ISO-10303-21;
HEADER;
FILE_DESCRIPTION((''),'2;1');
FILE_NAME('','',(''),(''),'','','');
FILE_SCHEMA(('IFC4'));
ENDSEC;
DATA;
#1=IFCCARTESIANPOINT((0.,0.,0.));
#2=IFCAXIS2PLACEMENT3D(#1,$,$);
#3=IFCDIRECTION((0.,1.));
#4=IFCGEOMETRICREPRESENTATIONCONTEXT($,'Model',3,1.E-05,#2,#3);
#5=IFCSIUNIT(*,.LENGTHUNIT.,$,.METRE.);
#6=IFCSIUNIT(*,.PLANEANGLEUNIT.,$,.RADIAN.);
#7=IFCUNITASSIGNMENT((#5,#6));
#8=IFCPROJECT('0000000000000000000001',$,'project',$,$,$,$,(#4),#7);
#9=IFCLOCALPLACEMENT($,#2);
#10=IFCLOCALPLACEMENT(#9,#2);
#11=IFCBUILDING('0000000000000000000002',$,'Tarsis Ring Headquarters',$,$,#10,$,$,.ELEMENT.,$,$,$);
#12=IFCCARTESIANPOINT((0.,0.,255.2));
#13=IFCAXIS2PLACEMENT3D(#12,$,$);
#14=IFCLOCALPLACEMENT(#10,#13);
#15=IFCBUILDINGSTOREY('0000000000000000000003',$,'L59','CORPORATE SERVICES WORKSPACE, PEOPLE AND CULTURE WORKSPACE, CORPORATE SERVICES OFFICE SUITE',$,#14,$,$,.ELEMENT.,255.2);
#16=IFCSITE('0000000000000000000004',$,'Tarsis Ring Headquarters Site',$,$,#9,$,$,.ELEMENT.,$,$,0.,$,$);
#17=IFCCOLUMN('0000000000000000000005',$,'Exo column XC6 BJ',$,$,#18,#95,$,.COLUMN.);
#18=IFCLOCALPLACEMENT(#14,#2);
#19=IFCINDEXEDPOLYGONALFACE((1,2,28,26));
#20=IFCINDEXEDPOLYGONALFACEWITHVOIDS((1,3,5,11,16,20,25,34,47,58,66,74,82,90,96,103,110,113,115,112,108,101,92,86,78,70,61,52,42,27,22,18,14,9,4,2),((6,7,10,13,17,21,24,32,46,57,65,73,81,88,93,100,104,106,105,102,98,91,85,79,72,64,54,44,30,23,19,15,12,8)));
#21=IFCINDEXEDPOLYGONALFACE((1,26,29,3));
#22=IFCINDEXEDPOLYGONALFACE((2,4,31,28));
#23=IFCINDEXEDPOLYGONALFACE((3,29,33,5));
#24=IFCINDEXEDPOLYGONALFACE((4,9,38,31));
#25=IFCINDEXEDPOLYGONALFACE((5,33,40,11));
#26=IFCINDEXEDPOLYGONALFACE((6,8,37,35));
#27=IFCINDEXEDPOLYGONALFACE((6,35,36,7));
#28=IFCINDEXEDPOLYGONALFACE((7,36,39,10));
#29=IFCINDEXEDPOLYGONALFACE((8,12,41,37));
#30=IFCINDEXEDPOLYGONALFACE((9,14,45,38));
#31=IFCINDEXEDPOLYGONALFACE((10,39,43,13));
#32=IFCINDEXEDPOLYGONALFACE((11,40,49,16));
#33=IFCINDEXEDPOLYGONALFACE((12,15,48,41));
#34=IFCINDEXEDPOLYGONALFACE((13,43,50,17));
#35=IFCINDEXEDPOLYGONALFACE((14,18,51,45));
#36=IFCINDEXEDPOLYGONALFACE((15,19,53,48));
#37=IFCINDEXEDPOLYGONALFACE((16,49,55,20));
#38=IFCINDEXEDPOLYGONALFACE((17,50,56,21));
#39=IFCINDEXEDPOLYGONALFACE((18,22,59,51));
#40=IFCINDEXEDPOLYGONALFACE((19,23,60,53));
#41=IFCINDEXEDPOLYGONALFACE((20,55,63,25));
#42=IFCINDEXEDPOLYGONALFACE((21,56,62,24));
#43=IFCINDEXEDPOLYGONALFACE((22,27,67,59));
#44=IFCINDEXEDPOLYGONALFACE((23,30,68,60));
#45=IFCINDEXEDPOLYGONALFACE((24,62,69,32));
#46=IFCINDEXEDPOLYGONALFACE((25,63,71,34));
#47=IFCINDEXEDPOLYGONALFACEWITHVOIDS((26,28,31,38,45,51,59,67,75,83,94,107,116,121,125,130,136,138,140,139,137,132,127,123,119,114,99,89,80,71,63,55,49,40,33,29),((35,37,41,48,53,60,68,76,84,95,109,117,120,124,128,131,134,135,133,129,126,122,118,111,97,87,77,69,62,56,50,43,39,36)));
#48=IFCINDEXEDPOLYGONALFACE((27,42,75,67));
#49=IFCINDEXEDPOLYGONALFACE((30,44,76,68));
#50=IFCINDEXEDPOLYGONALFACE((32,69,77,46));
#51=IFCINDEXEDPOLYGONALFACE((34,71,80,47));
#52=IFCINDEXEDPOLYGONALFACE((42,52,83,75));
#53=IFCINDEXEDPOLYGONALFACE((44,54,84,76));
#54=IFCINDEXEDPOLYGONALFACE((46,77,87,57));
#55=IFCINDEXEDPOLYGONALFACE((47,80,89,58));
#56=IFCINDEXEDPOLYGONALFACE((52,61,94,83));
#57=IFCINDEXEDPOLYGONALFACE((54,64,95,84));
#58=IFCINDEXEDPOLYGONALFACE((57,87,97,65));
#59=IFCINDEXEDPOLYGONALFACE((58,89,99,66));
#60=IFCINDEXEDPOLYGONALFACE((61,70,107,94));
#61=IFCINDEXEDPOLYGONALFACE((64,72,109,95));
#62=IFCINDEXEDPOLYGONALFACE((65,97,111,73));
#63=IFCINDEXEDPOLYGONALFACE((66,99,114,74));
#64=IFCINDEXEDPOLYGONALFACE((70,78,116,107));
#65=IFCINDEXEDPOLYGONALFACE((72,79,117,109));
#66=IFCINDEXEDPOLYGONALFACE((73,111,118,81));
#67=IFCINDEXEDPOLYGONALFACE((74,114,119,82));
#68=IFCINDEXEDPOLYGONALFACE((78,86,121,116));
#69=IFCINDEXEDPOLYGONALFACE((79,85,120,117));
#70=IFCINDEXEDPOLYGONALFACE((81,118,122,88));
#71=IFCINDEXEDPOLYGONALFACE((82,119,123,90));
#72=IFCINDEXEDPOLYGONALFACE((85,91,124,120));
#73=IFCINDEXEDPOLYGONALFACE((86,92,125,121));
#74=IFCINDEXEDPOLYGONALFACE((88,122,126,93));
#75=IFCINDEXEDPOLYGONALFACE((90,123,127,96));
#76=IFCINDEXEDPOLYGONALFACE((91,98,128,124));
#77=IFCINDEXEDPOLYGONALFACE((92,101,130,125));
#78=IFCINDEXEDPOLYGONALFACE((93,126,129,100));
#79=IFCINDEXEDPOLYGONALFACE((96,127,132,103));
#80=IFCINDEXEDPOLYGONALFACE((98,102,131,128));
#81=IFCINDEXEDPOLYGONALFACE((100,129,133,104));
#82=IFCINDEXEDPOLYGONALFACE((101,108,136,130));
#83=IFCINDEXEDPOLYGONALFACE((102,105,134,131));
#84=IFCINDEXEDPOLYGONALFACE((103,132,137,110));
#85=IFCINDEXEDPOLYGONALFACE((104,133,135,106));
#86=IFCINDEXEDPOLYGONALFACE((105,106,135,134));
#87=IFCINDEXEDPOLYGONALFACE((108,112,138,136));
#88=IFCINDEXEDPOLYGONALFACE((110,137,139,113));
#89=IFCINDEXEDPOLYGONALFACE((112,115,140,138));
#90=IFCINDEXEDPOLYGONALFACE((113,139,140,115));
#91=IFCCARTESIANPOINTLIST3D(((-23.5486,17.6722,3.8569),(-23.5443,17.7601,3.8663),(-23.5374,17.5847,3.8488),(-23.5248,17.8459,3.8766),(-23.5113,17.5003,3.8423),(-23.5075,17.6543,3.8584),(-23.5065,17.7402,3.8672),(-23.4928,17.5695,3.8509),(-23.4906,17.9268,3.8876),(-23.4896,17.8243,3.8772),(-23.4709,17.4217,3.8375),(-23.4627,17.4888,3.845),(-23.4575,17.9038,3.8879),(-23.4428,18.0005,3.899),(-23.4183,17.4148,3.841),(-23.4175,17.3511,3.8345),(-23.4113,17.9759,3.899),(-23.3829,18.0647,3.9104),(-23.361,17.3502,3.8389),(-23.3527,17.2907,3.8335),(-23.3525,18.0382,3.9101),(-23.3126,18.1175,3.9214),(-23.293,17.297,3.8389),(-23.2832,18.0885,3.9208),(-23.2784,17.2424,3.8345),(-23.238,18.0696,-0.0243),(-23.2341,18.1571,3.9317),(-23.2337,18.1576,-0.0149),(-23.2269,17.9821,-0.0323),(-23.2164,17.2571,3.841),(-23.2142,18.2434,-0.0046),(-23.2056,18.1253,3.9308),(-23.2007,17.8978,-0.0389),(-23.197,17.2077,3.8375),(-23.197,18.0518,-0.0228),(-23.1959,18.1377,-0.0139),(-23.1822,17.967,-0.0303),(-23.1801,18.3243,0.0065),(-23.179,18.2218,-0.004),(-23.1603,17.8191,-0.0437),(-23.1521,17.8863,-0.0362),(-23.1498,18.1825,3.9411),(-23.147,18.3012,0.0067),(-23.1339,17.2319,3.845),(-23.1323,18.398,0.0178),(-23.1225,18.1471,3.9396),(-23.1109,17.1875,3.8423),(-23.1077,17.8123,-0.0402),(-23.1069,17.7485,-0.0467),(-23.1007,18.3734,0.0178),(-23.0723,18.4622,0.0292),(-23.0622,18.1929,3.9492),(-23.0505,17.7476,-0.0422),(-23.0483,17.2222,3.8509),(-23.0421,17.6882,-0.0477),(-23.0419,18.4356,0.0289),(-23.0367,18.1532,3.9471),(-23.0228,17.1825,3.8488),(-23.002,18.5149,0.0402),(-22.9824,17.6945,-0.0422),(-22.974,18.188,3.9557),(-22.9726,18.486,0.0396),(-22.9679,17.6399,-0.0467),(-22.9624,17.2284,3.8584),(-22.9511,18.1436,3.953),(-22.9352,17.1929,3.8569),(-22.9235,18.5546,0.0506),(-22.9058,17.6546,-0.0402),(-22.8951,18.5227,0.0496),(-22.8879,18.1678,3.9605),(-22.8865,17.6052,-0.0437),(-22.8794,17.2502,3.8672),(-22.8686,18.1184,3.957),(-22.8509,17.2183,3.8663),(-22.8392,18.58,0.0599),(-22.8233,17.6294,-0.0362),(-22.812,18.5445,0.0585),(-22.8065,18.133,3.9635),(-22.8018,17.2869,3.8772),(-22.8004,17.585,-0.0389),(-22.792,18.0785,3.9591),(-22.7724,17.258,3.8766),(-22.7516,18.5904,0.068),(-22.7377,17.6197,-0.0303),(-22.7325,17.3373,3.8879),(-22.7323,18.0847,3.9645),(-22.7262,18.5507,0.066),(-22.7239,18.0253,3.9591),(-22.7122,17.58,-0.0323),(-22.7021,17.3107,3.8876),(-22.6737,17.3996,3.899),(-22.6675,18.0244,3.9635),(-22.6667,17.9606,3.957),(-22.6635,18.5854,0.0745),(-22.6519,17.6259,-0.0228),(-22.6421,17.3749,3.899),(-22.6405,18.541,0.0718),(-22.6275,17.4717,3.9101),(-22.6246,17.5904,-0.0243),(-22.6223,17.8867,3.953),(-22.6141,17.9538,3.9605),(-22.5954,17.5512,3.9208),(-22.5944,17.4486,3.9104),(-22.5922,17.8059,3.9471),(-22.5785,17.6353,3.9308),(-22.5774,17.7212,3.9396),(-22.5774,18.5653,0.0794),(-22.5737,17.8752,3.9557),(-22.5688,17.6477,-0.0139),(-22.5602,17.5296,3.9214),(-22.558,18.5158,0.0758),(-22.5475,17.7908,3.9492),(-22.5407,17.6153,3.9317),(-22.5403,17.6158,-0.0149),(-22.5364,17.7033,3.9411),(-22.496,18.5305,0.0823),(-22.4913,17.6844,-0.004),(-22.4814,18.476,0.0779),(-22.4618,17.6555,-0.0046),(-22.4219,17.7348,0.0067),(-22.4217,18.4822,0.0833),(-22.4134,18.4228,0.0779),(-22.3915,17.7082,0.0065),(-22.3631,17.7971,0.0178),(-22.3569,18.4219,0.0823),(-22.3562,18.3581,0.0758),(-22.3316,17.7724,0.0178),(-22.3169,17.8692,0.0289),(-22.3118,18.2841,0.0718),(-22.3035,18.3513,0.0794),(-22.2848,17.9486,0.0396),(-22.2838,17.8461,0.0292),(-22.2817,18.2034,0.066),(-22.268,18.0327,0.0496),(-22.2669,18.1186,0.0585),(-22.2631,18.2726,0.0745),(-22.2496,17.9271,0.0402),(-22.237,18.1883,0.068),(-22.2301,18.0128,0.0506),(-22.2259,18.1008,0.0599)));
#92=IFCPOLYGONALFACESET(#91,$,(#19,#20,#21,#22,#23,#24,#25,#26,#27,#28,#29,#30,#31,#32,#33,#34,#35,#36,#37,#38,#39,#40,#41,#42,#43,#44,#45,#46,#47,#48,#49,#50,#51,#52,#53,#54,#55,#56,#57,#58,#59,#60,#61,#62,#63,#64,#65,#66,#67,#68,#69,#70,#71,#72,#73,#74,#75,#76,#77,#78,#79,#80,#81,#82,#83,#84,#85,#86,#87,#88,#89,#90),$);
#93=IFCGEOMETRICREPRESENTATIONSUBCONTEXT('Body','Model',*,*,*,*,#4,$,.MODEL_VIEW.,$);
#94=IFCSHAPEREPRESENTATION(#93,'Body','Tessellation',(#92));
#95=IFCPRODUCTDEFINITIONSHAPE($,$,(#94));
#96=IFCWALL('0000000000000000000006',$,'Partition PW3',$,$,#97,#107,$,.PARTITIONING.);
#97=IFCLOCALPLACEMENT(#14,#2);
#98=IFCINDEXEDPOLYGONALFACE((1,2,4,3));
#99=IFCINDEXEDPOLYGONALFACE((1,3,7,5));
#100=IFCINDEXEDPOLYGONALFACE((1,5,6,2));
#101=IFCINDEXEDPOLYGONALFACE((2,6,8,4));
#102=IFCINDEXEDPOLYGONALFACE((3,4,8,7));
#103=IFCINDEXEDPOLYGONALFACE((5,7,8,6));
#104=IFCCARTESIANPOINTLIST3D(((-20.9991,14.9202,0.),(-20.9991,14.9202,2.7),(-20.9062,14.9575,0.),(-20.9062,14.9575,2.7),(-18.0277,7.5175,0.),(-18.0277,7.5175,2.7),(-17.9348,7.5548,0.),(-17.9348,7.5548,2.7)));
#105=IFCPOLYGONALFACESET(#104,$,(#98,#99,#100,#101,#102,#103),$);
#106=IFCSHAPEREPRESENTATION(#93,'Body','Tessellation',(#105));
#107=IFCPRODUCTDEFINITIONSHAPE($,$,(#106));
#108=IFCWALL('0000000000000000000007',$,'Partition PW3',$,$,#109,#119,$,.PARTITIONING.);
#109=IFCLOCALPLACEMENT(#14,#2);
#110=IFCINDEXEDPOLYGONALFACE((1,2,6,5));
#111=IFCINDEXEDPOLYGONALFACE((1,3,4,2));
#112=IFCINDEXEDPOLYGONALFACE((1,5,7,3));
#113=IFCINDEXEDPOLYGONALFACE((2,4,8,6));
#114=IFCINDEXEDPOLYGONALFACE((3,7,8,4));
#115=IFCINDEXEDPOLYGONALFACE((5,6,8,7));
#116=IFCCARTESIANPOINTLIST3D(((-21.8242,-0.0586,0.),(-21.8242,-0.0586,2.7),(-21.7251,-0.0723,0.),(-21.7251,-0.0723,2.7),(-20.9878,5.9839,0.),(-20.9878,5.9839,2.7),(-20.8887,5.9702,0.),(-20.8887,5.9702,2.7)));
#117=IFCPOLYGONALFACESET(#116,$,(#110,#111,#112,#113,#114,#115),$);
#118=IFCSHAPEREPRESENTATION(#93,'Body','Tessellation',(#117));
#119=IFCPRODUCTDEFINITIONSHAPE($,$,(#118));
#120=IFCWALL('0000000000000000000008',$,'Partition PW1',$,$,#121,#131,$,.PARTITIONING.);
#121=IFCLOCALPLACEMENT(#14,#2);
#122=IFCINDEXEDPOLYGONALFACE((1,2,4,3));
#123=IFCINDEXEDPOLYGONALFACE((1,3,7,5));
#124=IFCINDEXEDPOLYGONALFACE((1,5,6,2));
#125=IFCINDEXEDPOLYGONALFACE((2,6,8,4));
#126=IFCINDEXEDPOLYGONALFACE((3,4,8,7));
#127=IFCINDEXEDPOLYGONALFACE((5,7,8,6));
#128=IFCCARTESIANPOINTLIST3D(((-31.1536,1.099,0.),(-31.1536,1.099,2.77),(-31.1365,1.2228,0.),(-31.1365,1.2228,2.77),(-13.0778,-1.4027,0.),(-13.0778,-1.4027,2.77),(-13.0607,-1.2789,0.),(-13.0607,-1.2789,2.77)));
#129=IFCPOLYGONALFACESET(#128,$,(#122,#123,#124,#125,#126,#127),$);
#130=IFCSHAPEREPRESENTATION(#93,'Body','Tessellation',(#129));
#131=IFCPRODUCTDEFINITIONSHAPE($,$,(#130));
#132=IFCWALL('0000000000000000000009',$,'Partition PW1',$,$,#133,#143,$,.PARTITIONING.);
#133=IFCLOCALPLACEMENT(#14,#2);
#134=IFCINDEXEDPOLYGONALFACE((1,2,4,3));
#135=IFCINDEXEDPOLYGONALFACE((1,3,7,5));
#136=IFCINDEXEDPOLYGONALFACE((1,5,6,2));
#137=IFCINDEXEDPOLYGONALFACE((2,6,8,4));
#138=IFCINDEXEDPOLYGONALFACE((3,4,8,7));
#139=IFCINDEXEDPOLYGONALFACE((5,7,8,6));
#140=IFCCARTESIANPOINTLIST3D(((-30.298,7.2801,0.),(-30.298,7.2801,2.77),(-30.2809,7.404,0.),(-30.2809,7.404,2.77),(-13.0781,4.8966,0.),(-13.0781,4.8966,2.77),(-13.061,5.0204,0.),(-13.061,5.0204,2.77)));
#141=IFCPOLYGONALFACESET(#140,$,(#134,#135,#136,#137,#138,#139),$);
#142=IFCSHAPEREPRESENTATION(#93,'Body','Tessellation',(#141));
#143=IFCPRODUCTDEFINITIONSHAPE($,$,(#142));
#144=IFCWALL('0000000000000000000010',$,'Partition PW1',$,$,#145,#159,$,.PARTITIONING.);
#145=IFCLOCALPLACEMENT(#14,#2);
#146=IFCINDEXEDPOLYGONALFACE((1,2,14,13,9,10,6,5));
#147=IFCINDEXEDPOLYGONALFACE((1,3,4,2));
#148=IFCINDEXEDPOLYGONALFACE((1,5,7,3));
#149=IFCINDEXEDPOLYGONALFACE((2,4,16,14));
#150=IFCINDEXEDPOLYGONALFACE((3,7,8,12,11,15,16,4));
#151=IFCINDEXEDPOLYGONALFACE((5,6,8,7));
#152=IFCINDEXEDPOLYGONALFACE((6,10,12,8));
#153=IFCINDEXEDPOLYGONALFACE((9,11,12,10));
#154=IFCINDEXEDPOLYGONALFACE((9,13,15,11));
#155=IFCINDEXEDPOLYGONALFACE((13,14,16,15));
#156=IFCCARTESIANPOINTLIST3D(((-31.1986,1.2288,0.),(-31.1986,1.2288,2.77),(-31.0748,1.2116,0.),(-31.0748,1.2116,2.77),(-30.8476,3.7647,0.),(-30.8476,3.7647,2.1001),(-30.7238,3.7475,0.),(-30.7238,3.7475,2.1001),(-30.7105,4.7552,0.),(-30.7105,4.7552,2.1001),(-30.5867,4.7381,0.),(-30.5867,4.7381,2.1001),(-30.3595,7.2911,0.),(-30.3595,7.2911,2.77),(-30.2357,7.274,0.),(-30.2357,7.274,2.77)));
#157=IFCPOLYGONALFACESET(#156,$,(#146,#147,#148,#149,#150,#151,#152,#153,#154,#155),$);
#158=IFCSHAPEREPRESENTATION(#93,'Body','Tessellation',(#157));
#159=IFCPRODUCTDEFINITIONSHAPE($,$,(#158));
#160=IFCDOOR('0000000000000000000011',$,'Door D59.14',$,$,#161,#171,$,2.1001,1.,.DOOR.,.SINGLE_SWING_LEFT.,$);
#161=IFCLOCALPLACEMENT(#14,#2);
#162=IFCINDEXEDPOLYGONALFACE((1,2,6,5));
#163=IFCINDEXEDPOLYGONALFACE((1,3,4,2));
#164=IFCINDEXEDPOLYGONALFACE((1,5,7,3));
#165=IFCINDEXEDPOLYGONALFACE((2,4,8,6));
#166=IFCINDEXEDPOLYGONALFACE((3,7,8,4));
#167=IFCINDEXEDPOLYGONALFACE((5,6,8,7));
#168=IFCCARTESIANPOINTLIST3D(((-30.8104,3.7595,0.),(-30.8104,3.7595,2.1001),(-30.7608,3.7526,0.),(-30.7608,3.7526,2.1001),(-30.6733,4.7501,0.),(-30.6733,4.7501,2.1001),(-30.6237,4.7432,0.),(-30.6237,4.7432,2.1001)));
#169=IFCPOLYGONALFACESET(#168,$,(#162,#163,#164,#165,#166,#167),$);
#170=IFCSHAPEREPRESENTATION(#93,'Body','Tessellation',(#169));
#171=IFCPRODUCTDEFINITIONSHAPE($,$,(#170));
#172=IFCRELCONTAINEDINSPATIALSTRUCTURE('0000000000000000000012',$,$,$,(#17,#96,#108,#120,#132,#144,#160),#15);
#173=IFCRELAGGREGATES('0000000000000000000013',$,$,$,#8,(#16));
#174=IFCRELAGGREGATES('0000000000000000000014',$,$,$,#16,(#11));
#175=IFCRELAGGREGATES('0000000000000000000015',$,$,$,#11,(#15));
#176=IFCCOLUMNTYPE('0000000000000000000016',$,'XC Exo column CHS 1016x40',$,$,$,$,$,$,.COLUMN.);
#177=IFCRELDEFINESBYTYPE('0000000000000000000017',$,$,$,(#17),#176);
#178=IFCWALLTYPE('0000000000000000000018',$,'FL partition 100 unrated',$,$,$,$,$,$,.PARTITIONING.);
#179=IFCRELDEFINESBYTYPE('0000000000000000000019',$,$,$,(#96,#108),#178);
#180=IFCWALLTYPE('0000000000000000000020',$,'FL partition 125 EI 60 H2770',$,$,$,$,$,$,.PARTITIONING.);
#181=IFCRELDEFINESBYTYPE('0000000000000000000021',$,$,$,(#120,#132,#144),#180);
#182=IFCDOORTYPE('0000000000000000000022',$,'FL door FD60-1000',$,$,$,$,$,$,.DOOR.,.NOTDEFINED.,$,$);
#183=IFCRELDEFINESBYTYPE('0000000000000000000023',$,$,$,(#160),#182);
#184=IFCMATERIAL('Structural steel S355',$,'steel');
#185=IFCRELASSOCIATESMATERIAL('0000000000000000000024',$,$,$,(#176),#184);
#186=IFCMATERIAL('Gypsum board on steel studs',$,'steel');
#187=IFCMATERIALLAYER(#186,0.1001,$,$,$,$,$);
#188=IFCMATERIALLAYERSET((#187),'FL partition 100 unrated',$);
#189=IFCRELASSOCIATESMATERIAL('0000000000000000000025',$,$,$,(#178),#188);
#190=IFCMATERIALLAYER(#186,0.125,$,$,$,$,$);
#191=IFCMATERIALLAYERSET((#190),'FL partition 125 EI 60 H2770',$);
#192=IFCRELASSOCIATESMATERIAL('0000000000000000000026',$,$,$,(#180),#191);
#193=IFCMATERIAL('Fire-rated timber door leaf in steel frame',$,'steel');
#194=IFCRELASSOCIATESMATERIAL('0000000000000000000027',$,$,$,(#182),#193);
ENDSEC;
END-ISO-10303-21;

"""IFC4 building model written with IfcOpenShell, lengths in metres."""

from ifc_helpers import new_model, si_unit, direction, frame, frame_2d, origin, origin_2d, place, context, subcontext, project, spatial, rectangle, hollow_circle, extrude, material, layer, layer_set, material_profile, profile_set, type_object, element, fill, save


model = new_model("IFC4")

# Units and contexts
model_context = context("Model", 3, precision=1e-05, world=origin(), true_north=direction((0.0, 1.0)))
body_context = subcontext(model_context, "Body", "Model", "MODEL_VIEW")
ifc_project = project(units=[si_unit("LENGTHUNIT", "METRE"), si_unit("PLANEANGLEUNIT", "RADIAN")], contexts=[model_context])

# Site, building, storey
site_placement = place(None, origin())
site = spatial("IfcSite", under=ifc_project, at=site_placement, Name="Tarsis Ring Headquarters Site", CompositionType="ELEMENT", RefElevation=0.0)
building_placement = place(site_placement, origin())
building = spatial("IfcBuilding", under=site, at=building_placement, Name="Tarsis Ring Headquarters", CompositionType="ELEMENT")
storey_placement = place(building_placement, frame((0.0, 0.0, 255.2)))
storey = spatial("IfcBuildingStorey", under=building, at=storey_placement, Name="L59", Description="CORPORATE SERVICES WORKSPACE, PEOPLE AND CULTURE WORKSPACE, CORPORATE SERVICES OFFICE SUITE", CompositionType="ELEMENT", Elevation=255.2)

# Column
ifc_material_1 = material(Name="Structural steel S355", Category="steel")
ifc_material_profile_1 = material_profile(ifc_material_1, hollow_circle(Radius=0.5081, WallThickness=0.04, at=origin_2d()), Name="CHS 1016x40")
ifc_profile_set_1 = profile_set([ifc_material_profile_1], Name="Structural steel S355")
column_type = type_object("IfcColumnType", Name="XC Exo column CHS 1016x40", PredefinedType="COLUMN", material=ifc_profile_set_1)
column_placement = place(storey_placement, frame((-22.7319, 18.0852, 0.0178), z_axis=(-0.079348, -0.101555, 0.99166), x_axis=(0.787995, -0.615682, 0.0)))
element("IfcColumn", 1, at=column_placement, inside=storey, type_object=column_type, Name="Exo column XC6 BJ", PredefinedType="COLUMN", context=body_context, shape_type="SweptSolid", body=[
    extrude(hollow_circle(Radius=0.5081, WallThickness=0.04, at=origin_2d()), origin(), (0.0, 0.0, 1.0), 3.9138),
])

# Walls
ifc_material_2 = material(Name="Gypsum board on steel studs", Category="steel")
ifc_layer_1 = layer(ifc_material_2, 0.1001)
ifc_layer_set_1 = layer_set([ifc_layer_1], Name="FL partition 100 unrated")
wall_type_1 = type_object("IfcWallType", Name="FL partition 100 unrated", PredefinedType="PARTITIONING", material=ifc_layer_set_1)
wall_1_placement = place(storey_placement, frame((-20.9526, 14.9387, 0.0), z_axis=(0.0, 0.0, 1.0), x_axis=(0.372504, -0.928031, 0.0)))
element("IfcWall", 2, at=wall_1_placement, inside=storey, type_object=wall_type_1, Name="Partition PW3", PredefinedType="PARTITIONING", context=body_context, shape_type="SweptSolid", body=[
    extrude(rectangle(XDim=7.9768, YDim=0.1001, at=frame_2d((3.9883, 0.0))), origin(), (0.0, 0.0, 1.0), 2.7),
])
wall_2_placement = place(storey_placement, frame((-21.7747, -0.0654, 0.0), z_axis=(0.0, 0.0, 1.0), x_axis=(0.137117, 0.990555, 0.0)))
element("IfcWall", 3, at=wall_2_placement, inside=storey, type_object=wall_type_1, Name="Partition PW3", PredefinedType="PARTITIONING", context=body_context, shape_type="SweptSolid", body=[
    extrude(rectangle(XDim=6.1001, YDim=0.1001, at=frame_2d((3.05, 0.0))), origin(), (0.0, 0.0, 1.0), 2.7),
])
ifc_layer_2 = layer(ifc_material_2, 0.125)
ifc_layer_set_2 = layer_set([ifc_layer_2], Name="FL partition 125 EI 60 H2770")
wall_type_2 = type_object("IfcWallType", Name="FL partition 125 EI 60 H2770", PredefinedType="PARTITIONING", material=ifc_layer_set_2)
wall_3_placement = place(storey_placement, frame((-31.145, 1.1609, 0.0), z_axis=(0.0, 0.0, 1.0), x_axis=(0.990558, -0.137095, 0.0)))
element("IfcWall", 4, at=wall_3_placement, inside=storey, type_object=wall_type_2, Name="Partition PW1", PredefinedType="PARTITIONING", context=body_context, shape_type="SweptSolid", body=[
    extrude(rectangle(XDim=18.248, YDim=0.125, at=frame_2d((9.124, 0.0))), origin(), (0.0, 0.0, 1.0), 2.77),
])
wall_4_placement = place(storey_placement, frame((-30.2893, 7.342, 0.0), z_axis=(0.0, 0.0, 1.0), x_axis=(0.990556, -0.13711, 0.0)))
element("IfcWall", 5, at=wall_4_placement, inside=storey, type_object=wall_type_2, Name="Partition PW1", PredefinedType="PARTITIONING", context=body_context, shape_type="SweptSolid", body=[
    extrude(rectangle(XDim=17.384, YDim=0.125, at=frame_2d((8.6919, 0.0))), origin(), (0.0, 0.0, 1.0), 2.77),
])

# Wall, opening, door
wall_5_placement = place(storey_placement, frame((-31.1367, 1.2202, 0.0), z_axis=(0.0, 0.0, 1.0), x_axis=(0.137108, 0.990556, 0.0)))
wall_5 = element("IfcWall", 6, at=wall_5_placement, inside=storey, type_object=wall_type_2, Name="Partition PW1", PredefinedType="PARTITIONING", context=body_context, shape_type="SweptSolid", body=[
    extrude(rectangle(XDim=6.1201, YDim=0.125, at=frame_2d((3.0601, 0.0))), origin(), (0.0, 0.0, 1.0), 2.77),
])
opening_1_placement = place(wall_5_placement, frame((2.5601, 0.0, 0.0)))
opening_1 = element("IfcOpeningElement", 7, at=opening_1_placement, cuts=wall_5, PredefinedType="OPENING", context=body_context, shape_type="SweptSolid", body=[
    extrude(rectangle(XDim=1.0, YDim=2.1001, at=frame_2d((0.5, 1.05))), frame((0.0, 0.0725, 0.0), z_axis=(0.0, -1.0, 0.0), x_axis=(1.0, 0.0, 0.0)), (0.0, 0.0, 1.0), 0.145),
])
ifc_material_3 = material(Name="Fire-rated timber door leaf in steel frame", Category="steel")
door_type = type_object("IfcDoorType", Name="FL door FD60-1000", OperationType="NOTDEFINED", PredefinedType="DOOR", material=ifc_material_3)
door_placement = place(opening_1_placement, origin())
door = element("IfcDoor", 8, at=door_placement, inside=storey, type_object=door_type, Name="Door D59.14", OperationType="SINGLE_SWING_LEFT", OverallHeight=2.1001, OverallWidth=1.0, PredefinedType="DOOR", context=body_context, shape_type="SweptSolid", body=[
    extrude(rectangle(XDim=1.0, YDim=2.1001, at=frame_2d((0.5, 1.05))), frame((0.0, 0.0249, 0.0), z_axis=(0.0, -1.0, 0.0), x_axis=(1.0, 0.0, 0.0)), (0.0, 0.0, 1.0), 0.05),
])
fill(opening_1, door)

save(model, "model.ifc")
